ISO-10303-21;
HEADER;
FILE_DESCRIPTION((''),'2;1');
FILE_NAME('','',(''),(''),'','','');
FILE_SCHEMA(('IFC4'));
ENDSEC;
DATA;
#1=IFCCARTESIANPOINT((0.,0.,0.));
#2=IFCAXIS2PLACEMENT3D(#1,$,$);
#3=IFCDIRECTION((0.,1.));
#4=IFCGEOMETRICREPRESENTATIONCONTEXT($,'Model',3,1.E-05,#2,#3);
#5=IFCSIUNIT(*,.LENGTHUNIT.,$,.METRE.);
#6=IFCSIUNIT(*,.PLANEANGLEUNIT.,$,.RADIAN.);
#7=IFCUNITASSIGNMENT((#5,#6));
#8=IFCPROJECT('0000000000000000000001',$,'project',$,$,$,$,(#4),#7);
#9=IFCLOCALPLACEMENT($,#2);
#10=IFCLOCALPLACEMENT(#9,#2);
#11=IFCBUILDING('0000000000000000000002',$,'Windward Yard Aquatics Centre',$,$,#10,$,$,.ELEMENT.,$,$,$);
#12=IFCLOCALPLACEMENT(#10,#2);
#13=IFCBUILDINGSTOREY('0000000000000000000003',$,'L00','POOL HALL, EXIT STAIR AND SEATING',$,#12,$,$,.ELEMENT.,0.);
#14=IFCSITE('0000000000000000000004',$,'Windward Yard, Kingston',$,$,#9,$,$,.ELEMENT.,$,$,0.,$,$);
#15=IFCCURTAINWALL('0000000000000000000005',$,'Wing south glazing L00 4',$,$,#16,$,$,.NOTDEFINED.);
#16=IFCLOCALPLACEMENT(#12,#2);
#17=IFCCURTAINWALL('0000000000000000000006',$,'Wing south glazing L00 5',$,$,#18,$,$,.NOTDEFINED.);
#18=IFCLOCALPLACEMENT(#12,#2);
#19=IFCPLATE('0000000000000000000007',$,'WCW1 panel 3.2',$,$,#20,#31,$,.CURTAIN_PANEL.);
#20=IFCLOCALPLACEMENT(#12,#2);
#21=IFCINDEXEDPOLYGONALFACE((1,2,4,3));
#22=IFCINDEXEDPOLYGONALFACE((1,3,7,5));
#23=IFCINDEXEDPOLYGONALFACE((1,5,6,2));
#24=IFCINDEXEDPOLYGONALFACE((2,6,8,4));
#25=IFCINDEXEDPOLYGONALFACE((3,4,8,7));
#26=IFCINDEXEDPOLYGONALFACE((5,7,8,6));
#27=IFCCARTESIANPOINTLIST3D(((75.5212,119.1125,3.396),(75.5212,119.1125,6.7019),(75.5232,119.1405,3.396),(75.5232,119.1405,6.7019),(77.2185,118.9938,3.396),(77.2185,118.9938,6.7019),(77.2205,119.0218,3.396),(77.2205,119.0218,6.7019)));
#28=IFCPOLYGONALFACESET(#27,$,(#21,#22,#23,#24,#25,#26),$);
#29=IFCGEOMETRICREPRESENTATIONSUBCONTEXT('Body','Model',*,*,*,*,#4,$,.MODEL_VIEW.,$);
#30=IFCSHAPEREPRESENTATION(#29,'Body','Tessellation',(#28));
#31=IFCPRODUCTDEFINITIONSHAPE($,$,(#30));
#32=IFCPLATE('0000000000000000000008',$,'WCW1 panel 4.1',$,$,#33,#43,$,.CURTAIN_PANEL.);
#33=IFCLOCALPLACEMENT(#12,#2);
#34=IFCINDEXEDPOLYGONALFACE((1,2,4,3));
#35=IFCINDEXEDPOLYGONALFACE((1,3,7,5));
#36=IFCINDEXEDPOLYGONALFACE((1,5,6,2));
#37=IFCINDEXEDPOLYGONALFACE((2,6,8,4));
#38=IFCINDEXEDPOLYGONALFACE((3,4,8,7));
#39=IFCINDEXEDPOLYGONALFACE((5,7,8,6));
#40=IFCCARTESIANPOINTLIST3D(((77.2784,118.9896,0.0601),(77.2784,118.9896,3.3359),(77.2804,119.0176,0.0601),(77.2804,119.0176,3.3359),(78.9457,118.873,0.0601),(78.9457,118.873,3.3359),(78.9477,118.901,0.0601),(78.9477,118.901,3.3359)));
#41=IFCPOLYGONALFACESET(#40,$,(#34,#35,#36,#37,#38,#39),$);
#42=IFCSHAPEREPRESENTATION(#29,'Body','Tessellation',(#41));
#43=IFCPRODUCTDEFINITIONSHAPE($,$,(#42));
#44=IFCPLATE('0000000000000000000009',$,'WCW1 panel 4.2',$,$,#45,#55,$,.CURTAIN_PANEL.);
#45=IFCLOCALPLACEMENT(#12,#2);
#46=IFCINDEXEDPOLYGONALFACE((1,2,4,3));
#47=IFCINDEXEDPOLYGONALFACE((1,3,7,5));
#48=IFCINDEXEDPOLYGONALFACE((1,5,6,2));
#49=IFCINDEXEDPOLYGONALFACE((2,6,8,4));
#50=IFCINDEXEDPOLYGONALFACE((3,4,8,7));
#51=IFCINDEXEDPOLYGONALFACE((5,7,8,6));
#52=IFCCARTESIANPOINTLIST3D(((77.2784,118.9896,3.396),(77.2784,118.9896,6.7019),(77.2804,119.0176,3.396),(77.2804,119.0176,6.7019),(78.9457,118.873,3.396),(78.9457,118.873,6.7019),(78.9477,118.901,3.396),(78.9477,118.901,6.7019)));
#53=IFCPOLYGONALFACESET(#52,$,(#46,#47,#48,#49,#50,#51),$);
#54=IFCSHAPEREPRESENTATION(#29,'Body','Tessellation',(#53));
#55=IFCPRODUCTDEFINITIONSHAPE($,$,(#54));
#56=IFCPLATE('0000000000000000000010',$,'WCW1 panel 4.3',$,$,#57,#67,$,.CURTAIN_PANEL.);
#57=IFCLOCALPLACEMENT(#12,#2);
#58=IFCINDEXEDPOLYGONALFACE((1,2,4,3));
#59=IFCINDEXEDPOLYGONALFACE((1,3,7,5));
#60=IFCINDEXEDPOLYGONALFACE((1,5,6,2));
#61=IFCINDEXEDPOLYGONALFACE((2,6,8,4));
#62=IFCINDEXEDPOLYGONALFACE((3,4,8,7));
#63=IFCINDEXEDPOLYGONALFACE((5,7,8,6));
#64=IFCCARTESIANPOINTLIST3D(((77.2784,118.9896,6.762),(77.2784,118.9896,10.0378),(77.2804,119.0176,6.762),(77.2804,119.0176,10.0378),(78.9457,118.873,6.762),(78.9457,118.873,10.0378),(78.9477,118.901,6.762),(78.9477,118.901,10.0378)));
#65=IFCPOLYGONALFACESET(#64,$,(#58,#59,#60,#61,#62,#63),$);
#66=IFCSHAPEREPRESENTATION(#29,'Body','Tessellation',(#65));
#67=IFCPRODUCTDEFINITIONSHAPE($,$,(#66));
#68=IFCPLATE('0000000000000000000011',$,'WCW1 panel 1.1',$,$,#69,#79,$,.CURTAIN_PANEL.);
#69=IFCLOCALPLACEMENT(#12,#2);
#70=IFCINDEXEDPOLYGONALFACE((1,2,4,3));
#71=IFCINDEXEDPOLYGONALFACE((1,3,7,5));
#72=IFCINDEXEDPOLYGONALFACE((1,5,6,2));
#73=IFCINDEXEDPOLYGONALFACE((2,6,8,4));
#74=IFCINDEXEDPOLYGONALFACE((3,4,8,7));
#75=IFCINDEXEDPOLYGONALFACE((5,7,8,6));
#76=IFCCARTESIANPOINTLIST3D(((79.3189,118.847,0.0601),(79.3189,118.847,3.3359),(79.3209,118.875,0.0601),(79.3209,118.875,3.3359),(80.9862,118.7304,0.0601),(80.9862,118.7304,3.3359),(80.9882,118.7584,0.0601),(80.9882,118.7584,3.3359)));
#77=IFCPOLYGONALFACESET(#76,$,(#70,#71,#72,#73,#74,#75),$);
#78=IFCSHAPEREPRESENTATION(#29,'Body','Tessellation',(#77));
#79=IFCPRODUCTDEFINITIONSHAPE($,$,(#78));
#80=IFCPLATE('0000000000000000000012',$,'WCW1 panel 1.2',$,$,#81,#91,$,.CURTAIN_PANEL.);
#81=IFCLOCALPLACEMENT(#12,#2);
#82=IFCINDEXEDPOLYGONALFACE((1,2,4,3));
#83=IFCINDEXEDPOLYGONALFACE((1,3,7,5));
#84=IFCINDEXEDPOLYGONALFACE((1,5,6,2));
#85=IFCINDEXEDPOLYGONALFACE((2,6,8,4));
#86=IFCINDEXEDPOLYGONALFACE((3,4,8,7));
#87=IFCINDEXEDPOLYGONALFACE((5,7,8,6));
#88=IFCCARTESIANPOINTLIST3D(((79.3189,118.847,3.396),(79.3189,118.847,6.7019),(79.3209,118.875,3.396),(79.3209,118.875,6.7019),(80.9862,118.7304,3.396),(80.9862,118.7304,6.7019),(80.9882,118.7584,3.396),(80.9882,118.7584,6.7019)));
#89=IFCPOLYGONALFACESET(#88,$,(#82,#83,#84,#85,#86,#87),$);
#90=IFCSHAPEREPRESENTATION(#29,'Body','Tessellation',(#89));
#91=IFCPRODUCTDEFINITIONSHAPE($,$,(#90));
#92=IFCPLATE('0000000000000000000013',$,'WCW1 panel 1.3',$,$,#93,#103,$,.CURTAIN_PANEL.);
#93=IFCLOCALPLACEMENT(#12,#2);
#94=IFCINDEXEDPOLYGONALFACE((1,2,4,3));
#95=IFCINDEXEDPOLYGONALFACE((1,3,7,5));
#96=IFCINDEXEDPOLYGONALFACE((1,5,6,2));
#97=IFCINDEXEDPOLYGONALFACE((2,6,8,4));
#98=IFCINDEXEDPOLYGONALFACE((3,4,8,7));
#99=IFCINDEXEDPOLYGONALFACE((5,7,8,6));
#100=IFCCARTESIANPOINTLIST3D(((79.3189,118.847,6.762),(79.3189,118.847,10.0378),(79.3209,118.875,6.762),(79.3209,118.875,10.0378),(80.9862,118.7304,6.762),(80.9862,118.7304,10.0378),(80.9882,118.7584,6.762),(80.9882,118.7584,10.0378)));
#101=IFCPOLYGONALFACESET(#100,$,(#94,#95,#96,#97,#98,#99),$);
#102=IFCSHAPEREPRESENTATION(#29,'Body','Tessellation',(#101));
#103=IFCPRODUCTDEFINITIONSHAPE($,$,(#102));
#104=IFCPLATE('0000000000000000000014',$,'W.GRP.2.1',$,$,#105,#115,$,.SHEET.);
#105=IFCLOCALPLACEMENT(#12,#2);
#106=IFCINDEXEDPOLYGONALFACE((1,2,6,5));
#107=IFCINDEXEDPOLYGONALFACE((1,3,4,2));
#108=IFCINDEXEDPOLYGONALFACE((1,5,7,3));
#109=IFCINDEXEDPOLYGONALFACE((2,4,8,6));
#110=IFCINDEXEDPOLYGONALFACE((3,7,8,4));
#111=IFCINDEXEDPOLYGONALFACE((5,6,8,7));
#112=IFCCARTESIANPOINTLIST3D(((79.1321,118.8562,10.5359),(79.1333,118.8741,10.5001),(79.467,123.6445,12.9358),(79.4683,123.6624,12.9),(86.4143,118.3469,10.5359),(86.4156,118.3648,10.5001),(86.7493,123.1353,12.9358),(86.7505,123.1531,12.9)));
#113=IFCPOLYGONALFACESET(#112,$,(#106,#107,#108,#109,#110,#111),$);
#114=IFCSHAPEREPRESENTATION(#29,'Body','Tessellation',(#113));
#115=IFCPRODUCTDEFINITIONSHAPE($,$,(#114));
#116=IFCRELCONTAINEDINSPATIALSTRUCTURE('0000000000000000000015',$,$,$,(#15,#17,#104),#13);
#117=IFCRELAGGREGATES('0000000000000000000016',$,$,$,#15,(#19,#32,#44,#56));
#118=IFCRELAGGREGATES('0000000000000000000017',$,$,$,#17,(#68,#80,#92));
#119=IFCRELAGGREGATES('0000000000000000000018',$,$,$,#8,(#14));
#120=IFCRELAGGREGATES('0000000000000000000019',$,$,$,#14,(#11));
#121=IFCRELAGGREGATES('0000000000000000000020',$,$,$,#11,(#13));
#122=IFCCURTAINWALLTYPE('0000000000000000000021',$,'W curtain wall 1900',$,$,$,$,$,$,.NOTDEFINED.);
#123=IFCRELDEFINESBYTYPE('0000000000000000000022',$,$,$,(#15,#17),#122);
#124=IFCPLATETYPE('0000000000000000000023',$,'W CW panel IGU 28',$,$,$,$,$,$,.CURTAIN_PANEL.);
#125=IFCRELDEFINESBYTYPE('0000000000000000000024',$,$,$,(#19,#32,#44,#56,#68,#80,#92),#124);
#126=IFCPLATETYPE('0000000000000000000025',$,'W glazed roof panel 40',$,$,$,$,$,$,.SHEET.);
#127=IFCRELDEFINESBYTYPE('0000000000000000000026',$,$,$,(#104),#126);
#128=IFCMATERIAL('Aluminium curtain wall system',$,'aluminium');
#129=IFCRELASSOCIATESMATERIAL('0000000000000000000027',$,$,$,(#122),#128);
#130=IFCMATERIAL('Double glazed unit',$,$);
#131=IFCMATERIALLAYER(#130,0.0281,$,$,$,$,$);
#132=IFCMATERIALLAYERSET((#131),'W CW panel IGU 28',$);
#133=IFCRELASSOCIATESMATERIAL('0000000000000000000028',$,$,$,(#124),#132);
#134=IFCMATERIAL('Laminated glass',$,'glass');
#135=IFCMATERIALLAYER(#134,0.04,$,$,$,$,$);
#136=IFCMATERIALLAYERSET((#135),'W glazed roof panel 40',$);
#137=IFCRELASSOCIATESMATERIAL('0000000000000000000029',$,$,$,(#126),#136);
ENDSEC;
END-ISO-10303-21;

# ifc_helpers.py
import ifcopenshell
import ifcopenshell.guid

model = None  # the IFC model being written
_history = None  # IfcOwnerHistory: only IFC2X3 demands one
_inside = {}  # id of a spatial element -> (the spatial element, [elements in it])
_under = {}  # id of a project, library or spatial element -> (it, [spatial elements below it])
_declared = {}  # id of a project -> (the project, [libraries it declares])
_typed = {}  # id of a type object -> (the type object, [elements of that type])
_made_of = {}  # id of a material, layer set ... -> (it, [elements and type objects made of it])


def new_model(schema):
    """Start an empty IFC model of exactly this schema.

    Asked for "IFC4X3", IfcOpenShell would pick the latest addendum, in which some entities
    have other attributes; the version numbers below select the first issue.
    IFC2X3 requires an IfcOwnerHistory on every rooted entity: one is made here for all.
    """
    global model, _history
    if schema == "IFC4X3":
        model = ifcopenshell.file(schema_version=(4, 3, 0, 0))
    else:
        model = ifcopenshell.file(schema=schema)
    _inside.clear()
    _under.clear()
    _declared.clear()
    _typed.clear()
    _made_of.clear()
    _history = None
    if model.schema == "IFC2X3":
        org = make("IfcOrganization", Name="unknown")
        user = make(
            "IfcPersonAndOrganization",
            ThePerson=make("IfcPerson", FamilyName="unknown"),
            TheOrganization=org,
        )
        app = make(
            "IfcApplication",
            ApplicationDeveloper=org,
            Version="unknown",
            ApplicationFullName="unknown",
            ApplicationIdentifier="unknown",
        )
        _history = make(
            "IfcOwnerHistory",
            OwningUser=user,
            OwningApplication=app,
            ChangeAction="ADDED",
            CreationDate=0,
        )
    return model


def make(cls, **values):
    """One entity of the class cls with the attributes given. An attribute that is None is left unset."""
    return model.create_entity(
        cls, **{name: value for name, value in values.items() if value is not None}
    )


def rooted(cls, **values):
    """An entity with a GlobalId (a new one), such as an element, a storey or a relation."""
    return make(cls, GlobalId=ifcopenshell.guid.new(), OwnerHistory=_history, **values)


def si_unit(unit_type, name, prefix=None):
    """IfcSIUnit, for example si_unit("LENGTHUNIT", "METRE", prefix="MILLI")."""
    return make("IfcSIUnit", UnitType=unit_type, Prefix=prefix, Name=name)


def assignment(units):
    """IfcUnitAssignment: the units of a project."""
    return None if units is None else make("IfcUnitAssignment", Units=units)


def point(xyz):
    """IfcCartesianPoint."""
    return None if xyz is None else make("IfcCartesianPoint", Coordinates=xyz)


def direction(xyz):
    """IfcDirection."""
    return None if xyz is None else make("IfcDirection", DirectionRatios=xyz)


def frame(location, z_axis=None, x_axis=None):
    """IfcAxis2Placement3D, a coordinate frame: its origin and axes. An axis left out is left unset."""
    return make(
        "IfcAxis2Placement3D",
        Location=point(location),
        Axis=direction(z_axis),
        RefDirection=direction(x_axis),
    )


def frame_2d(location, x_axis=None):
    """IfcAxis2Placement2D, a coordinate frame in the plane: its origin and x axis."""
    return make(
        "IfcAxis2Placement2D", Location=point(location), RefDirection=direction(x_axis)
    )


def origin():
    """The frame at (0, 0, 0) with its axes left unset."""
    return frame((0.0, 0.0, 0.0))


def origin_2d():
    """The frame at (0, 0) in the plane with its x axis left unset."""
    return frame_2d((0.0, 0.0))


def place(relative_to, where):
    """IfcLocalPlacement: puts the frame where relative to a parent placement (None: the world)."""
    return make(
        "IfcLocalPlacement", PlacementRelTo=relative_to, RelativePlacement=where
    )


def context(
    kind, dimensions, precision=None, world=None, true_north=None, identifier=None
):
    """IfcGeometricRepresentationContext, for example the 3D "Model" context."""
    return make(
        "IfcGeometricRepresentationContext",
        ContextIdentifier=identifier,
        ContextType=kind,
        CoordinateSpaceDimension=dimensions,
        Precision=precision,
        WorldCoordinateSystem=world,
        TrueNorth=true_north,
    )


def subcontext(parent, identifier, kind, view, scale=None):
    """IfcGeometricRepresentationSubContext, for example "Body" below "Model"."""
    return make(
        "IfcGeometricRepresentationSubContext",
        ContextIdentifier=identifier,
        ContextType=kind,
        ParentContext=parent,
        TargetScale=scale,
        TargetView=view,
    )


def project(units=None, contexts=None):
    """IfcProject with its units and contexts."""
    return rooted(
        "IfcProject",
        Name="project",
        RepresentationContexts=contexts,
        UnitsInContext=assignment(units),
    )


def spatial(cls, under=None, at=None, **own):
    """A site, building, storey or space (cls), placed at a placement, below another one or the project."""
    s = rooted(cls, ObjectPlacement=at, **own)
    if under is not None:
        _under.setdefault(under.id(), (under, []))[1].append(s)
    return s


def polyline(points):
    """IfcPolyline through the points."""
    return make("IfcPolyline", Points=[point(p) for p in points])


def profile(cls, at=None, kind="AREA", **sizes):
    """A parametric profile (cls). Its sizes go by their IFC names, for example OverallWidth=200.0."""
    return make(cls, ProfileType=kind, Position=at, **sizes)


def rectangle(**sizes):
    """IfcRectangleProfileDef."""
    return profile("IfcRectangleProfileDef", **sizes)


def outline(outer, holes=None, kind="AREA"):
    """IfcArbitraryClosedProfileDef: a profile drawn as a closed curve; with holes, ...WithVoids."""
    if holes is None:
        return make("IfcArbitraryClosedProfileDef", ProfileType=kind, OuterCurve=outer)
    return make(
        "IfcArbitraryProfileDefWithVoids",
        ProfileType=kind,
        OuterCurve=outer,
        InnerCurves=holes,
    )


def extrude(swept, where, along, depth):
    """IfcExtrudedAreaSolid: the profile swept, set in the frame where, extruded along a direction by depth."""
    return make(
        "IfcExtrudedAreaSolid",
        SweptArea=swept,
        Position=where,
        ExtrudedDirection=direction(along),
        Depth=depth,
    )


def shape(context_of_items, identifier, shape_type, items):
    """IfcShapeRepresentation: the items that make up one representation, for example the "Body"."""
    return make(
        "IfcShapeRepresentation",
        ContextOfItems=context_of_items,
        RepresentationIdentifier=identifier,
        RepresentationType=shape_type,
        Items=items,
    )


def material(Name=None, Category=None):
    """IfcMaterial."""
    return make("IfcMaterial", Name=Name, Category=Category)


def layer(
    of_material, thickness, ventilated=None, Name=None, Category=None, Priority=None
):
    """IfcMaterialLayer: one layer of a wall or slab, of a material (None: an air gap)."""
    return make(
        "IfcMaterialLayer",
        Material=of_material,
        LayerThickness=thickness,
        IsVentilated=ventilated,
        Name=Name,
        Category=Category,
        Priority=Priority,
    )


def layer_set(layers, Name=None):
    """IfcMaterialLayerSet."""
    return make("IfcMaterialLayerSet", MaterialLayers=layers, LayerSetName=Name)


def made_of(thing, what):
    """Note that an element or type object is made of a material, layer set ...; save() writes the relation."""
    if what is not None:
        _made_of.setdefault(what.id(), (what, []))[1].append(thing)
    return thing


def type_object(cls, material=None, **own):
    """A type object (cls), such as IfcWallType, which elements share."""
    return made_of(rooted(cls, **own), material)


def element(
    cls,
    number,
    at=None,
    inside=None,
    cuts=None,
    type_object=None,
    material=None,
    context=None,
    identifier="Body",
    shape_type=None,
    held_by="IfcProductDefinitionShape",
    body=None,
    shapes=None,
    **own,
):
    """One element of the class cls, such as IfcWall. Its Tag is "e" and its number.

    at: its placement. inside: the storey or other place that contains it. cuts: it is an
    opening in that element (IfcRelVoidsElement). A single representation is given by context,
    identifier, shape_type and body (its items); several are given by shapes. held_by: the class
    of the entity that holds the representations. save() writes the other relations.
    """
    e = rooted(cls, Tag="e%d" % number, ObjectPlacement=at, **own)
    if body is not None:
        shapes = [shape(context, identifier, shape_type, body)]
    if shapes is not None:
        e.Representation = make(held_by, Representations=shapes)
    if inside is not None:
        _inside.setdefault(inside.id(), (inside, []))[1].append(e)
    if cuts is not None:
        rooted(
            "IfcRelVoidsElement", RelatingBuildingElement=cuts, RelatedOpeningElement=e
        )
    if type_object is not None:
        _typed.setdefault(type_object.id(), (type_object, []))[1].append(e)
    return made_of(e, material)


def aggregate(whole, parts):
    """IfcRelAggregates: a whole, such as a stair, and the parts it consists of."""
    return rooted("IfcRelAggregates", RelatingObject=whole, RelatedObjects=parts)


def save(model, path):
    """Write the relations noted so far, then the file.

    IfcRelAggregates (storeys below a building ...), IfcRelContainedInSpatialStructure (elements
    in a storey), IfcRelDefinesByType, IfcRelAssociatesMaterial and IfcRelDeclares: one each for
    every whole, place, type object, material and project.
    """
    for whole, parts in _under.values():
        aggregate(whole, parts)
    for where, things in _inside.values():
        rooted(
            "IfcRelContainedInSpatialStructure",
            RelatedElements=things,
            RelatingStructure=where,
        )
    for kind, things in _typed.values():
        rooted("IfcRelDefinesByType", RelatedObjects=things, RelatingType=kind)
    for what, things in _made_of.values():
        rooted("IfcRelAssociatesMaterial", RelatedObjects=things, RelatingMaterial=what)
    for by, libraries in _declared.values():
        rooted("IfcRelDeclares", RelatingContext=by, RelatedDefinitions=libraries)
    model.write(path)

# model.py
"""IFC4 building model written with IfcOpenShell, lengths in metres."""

from ifc_helpers import new_model, si_unit, direction, frame, origin, origin_2d, place, context, subcontext, project, spatial, polyline, rectangle, outline, extrude, material, layer, layer_set, type_object, element, aggregate, save


model = new_model("IFC4")

# Units and contexts
model_context = context("Model", 3, precision=1e-05, world=origin(), true_north=direction((0.0, 1.0)))
body_context = subcontext(model_context, "Body", "Model", "MODEL_VIEW")
ifc_project = project(units=[si_unit("LENGTHUNIT", "METRE"), si_unit("PLANEANGLEUNIT", "RADIAN")], contexts=[model_context])

# Site, building, storey
site_placement = place(None, origin())
site = spatial("IfcSite", under=ifc_project, at=site_placement, Name="Windward Yard, Kingston", CompositionType="ELEMENT", RefElevation=0.0)
building_placement = place(site_placement, origin())
building = spatial("IfcBuilding", under=site, at=building_placement, Name="Windward Yard Aquatics Centre", CompositionType="ELEMENT")
storey_placement = place(building_placement, origin())
storey = spatial("IfcBuildingStorey", under=building, at=storey_placement, Name="L00", Description="POOL HALL, EXIT STAIR AND SEATING", CompositionType="ELEMENT", Elevation=0.0)

# Curtain walls
ifc_material_1 = material(Name="Aluminium curtain wall system", Category="aluminium")
curtain_wall_type = type_object("IfcCurtainWallType", Name="W curtain wall 1900", PredefinedType="NOTDEFINED", material=ifc_material_1)
curtain_wall_1_placement = place(storey_placement, origin())
curtain_wall_1 = element("IfcCurtainWall", 1, at=curtain_wall_1_placement, inside=storey, type_object=curtain_wall_type, Name="Wing south glazing L00 4", PredefinedType="NOTDEFINED")
curtain_wall_2_placement = place(storey_placement, origin())
curtain_wall_2 = element("IfcCurtainWall", 2, at=curtain_wall_2_placement, inside=storey, type_object=curtain_wall_type, Name="Wing south glazing L00 5", PredefinedType="NOTDEFINED")

# Plates
ifc_material_2 = material(Name="Double glazed unit")
ifc_layer_1 = layer(ifc_material_2, 0.0281)
ifc_layer_set_1 = layer_set([ifc_layer_1], Name="W CW panel IGU 28")
plate_type_1 = type_object("IfcPlateType", Name="W CW panel IGU 28", PredefinedType="CURTAIN_PANEL", material=ifc_layer_set_1)
plate_1_placement = place(storey_placement, frame((76.3708, 119.0671, 3.396), z_axis=(0.0, 0.0, 1.0), x_axis=(0.997564, -0.069756, 0.0)))
plate_1 = element("IfcPlate", 3, at=plate_1_placement, type_object=plate_type_1, Name="WCW1 panel 3.2", PredefinedType="CURTAIN_PANEL", context=body_context, shape_type="SweptSolid", body=[
    extrude(rectangle(XDim=1.7014, YDim=0.0281, at=origin_2d()), origin(), (0.0, 0.0, 1.0), 3.3059),
])
plate_2_placement = place(storey_placement, frame((78.113, 118.9453, 0.0601), z_axis=(0.0, 0.0, 1.0), x_axis=(0.997564, -0.069756, 0.0)))
plate_2 = element("IfcPlate", 4, at=plate_2_placement, type_object=plate_type_1, Name="WCW1 panel 4.1", PredefinedType="CURTAIN_PANEL", context=body_context, shape_type="SweptSolid", body=[
    extrude(rectangle(XDim=1.6714, YDim=0.0281, at=origin_2d()), origin(), (0.0, 0.0, 1.0), 3.2759),
])
plate_3_placement = place(storey_placement, frame((78.113, 118.9453, 3.396), z_axis=(0.0, 0.0, 1.0), x_axis=(0.997564, -0.069756, 0.0)))
plate_3 = element("IfcPlate", 5, at=plate_3_placement, type_object=plate_type_1, Name="WCW1 panel 4.2", PredefinedType="CURTAIN_PANEL", context=body_context, shape_type="SweptSolid", body=[
    extrude(rectangle(XDim=1.6714, YDim=0.0281, at=origin_2d()), origin(), (0.0, 0.0, 1.0), 3.3059),
])
plate_4_placement = place(storey_placement, frame((78.113, 118.9453, 6.762), z_axis=(0.0, 0.0, 1.0), x_axis=(0.997564, -0.069756, 0.0)))
plate_4 = element("IfcPlate", 6, at=plate_4_placement, type_object=plate_type_1, Name="WCW1 panel 4.3", PredefinedType="CURTAIN_PANEL", context=body_context, shape_type="SweptSolid", body=[
    extrude(rectangle(XDim=1.6714, YDim=0.0281, at=origin_2d()), origin(), (0.0, 0.0, 1.0), 3.2759),
])
aggregate(curtain_wall_1, [plate_1, plate_2, plate_3, plate_4])
plate_5_placement = place(storey_placement, frame((80.1536, 118.8027, 0.0601), z_axis=(0.0, 0.0, 1.0), x_axis=(0.997564, -0.069756, 0.0)))
plate_5 = element("IfcPlate", 7, at=plate_5_placement, type_object=plate_type_1, Name="WCW1 panel 1.1", PredefinedType="CURTAIN_PANEL", context=body_context, shape_type="SweptSolid", body=[
    extrude(rectangle(XDim=1.6714, YDim=0.0281, at=origin_2d()), origin(), (0.0, 0.0, 1.0), 3.2759),
])
plate_6_placement = place(storey_placement, frame((80.1536, 118.8027, 3.396), z_axis=(0.0, 0.0, 1.0), x_axis=(0.997564, -0.069756, 0.0)))
plate_6 = element("IfcPlate", 8, at=plate_6_placement, type_object=plate_type_1, Name="WCW1 panel 1.2", PredefinedType="CURTAIN_PANEL", context=body_context, shape_type="SweptSolid", body=[
    extrude(rectangle(XDim=1.6714, YDim=0.0281, at=origin_2d()), origin(), (0.0, 0.0, 1.0), 3.3059),
])
plate_7_placement = place(storey_placement, frame((80.1536, 118.8027, 6.762), z_axis=(0.0, 0.0, 1.0), x_axis=(0.997564, -0.069756, 0.0)))
plate_7 = element("IfcPlate", 9, at=plate_7_placement, type_object=plate_type_1, Name="WCW1 panel 1.3", PredefinedType="CURTAIN_PANEL", context=body_context, shape_type="SweptSolid", body=[
    extrude(rectangle(XDim=1.6714, YDim=0.0281, at=origin_2d()), origin(), (0.0, 0.0, 1.0), 3.2759),
])
aggregate(curtain_wall_2, [plate_5, plate_6, plate_7])
ifc_material_3 = material(Name="Laminated glass", Category="glass")
ifc_layer_2 = layer(ifc_material_3, 0.04)
ifc_layer_set_2 = layer_set([ifc_layer_2], Name="W glazed roof panel 40")
plate_type_2 = type_object("IfcPlateType", Name="W glazed roof panel 40", PredefinedType="SHEET", material=ifc_layer_set_2)
plate_8_placement = place(storey_placement, frame((79.1321, 118.8562, 10.5359), z_axis=(-0.031198, -0.446107, 0.894436), x_axis=(0.997564, -0.069764, 0.0)))
element("IfcPlate", 10, at=plate_8_placement, inside=storey, type_object=plate_type_2, Name="W.GRP.2.1", PredefinedType="SHEET", context=body_context, shape_type="SweptSolid", body=[
    extrude(outline(polyline([(0.0, 0.0), (7.3, 0.0), (7.3001, 5.3665), (0.0001, 5.3665), (0.0, 0.0)])), origin(), (0.0, 0.0, -1.0), 0.04),
])

save(model, "model.ifc")
